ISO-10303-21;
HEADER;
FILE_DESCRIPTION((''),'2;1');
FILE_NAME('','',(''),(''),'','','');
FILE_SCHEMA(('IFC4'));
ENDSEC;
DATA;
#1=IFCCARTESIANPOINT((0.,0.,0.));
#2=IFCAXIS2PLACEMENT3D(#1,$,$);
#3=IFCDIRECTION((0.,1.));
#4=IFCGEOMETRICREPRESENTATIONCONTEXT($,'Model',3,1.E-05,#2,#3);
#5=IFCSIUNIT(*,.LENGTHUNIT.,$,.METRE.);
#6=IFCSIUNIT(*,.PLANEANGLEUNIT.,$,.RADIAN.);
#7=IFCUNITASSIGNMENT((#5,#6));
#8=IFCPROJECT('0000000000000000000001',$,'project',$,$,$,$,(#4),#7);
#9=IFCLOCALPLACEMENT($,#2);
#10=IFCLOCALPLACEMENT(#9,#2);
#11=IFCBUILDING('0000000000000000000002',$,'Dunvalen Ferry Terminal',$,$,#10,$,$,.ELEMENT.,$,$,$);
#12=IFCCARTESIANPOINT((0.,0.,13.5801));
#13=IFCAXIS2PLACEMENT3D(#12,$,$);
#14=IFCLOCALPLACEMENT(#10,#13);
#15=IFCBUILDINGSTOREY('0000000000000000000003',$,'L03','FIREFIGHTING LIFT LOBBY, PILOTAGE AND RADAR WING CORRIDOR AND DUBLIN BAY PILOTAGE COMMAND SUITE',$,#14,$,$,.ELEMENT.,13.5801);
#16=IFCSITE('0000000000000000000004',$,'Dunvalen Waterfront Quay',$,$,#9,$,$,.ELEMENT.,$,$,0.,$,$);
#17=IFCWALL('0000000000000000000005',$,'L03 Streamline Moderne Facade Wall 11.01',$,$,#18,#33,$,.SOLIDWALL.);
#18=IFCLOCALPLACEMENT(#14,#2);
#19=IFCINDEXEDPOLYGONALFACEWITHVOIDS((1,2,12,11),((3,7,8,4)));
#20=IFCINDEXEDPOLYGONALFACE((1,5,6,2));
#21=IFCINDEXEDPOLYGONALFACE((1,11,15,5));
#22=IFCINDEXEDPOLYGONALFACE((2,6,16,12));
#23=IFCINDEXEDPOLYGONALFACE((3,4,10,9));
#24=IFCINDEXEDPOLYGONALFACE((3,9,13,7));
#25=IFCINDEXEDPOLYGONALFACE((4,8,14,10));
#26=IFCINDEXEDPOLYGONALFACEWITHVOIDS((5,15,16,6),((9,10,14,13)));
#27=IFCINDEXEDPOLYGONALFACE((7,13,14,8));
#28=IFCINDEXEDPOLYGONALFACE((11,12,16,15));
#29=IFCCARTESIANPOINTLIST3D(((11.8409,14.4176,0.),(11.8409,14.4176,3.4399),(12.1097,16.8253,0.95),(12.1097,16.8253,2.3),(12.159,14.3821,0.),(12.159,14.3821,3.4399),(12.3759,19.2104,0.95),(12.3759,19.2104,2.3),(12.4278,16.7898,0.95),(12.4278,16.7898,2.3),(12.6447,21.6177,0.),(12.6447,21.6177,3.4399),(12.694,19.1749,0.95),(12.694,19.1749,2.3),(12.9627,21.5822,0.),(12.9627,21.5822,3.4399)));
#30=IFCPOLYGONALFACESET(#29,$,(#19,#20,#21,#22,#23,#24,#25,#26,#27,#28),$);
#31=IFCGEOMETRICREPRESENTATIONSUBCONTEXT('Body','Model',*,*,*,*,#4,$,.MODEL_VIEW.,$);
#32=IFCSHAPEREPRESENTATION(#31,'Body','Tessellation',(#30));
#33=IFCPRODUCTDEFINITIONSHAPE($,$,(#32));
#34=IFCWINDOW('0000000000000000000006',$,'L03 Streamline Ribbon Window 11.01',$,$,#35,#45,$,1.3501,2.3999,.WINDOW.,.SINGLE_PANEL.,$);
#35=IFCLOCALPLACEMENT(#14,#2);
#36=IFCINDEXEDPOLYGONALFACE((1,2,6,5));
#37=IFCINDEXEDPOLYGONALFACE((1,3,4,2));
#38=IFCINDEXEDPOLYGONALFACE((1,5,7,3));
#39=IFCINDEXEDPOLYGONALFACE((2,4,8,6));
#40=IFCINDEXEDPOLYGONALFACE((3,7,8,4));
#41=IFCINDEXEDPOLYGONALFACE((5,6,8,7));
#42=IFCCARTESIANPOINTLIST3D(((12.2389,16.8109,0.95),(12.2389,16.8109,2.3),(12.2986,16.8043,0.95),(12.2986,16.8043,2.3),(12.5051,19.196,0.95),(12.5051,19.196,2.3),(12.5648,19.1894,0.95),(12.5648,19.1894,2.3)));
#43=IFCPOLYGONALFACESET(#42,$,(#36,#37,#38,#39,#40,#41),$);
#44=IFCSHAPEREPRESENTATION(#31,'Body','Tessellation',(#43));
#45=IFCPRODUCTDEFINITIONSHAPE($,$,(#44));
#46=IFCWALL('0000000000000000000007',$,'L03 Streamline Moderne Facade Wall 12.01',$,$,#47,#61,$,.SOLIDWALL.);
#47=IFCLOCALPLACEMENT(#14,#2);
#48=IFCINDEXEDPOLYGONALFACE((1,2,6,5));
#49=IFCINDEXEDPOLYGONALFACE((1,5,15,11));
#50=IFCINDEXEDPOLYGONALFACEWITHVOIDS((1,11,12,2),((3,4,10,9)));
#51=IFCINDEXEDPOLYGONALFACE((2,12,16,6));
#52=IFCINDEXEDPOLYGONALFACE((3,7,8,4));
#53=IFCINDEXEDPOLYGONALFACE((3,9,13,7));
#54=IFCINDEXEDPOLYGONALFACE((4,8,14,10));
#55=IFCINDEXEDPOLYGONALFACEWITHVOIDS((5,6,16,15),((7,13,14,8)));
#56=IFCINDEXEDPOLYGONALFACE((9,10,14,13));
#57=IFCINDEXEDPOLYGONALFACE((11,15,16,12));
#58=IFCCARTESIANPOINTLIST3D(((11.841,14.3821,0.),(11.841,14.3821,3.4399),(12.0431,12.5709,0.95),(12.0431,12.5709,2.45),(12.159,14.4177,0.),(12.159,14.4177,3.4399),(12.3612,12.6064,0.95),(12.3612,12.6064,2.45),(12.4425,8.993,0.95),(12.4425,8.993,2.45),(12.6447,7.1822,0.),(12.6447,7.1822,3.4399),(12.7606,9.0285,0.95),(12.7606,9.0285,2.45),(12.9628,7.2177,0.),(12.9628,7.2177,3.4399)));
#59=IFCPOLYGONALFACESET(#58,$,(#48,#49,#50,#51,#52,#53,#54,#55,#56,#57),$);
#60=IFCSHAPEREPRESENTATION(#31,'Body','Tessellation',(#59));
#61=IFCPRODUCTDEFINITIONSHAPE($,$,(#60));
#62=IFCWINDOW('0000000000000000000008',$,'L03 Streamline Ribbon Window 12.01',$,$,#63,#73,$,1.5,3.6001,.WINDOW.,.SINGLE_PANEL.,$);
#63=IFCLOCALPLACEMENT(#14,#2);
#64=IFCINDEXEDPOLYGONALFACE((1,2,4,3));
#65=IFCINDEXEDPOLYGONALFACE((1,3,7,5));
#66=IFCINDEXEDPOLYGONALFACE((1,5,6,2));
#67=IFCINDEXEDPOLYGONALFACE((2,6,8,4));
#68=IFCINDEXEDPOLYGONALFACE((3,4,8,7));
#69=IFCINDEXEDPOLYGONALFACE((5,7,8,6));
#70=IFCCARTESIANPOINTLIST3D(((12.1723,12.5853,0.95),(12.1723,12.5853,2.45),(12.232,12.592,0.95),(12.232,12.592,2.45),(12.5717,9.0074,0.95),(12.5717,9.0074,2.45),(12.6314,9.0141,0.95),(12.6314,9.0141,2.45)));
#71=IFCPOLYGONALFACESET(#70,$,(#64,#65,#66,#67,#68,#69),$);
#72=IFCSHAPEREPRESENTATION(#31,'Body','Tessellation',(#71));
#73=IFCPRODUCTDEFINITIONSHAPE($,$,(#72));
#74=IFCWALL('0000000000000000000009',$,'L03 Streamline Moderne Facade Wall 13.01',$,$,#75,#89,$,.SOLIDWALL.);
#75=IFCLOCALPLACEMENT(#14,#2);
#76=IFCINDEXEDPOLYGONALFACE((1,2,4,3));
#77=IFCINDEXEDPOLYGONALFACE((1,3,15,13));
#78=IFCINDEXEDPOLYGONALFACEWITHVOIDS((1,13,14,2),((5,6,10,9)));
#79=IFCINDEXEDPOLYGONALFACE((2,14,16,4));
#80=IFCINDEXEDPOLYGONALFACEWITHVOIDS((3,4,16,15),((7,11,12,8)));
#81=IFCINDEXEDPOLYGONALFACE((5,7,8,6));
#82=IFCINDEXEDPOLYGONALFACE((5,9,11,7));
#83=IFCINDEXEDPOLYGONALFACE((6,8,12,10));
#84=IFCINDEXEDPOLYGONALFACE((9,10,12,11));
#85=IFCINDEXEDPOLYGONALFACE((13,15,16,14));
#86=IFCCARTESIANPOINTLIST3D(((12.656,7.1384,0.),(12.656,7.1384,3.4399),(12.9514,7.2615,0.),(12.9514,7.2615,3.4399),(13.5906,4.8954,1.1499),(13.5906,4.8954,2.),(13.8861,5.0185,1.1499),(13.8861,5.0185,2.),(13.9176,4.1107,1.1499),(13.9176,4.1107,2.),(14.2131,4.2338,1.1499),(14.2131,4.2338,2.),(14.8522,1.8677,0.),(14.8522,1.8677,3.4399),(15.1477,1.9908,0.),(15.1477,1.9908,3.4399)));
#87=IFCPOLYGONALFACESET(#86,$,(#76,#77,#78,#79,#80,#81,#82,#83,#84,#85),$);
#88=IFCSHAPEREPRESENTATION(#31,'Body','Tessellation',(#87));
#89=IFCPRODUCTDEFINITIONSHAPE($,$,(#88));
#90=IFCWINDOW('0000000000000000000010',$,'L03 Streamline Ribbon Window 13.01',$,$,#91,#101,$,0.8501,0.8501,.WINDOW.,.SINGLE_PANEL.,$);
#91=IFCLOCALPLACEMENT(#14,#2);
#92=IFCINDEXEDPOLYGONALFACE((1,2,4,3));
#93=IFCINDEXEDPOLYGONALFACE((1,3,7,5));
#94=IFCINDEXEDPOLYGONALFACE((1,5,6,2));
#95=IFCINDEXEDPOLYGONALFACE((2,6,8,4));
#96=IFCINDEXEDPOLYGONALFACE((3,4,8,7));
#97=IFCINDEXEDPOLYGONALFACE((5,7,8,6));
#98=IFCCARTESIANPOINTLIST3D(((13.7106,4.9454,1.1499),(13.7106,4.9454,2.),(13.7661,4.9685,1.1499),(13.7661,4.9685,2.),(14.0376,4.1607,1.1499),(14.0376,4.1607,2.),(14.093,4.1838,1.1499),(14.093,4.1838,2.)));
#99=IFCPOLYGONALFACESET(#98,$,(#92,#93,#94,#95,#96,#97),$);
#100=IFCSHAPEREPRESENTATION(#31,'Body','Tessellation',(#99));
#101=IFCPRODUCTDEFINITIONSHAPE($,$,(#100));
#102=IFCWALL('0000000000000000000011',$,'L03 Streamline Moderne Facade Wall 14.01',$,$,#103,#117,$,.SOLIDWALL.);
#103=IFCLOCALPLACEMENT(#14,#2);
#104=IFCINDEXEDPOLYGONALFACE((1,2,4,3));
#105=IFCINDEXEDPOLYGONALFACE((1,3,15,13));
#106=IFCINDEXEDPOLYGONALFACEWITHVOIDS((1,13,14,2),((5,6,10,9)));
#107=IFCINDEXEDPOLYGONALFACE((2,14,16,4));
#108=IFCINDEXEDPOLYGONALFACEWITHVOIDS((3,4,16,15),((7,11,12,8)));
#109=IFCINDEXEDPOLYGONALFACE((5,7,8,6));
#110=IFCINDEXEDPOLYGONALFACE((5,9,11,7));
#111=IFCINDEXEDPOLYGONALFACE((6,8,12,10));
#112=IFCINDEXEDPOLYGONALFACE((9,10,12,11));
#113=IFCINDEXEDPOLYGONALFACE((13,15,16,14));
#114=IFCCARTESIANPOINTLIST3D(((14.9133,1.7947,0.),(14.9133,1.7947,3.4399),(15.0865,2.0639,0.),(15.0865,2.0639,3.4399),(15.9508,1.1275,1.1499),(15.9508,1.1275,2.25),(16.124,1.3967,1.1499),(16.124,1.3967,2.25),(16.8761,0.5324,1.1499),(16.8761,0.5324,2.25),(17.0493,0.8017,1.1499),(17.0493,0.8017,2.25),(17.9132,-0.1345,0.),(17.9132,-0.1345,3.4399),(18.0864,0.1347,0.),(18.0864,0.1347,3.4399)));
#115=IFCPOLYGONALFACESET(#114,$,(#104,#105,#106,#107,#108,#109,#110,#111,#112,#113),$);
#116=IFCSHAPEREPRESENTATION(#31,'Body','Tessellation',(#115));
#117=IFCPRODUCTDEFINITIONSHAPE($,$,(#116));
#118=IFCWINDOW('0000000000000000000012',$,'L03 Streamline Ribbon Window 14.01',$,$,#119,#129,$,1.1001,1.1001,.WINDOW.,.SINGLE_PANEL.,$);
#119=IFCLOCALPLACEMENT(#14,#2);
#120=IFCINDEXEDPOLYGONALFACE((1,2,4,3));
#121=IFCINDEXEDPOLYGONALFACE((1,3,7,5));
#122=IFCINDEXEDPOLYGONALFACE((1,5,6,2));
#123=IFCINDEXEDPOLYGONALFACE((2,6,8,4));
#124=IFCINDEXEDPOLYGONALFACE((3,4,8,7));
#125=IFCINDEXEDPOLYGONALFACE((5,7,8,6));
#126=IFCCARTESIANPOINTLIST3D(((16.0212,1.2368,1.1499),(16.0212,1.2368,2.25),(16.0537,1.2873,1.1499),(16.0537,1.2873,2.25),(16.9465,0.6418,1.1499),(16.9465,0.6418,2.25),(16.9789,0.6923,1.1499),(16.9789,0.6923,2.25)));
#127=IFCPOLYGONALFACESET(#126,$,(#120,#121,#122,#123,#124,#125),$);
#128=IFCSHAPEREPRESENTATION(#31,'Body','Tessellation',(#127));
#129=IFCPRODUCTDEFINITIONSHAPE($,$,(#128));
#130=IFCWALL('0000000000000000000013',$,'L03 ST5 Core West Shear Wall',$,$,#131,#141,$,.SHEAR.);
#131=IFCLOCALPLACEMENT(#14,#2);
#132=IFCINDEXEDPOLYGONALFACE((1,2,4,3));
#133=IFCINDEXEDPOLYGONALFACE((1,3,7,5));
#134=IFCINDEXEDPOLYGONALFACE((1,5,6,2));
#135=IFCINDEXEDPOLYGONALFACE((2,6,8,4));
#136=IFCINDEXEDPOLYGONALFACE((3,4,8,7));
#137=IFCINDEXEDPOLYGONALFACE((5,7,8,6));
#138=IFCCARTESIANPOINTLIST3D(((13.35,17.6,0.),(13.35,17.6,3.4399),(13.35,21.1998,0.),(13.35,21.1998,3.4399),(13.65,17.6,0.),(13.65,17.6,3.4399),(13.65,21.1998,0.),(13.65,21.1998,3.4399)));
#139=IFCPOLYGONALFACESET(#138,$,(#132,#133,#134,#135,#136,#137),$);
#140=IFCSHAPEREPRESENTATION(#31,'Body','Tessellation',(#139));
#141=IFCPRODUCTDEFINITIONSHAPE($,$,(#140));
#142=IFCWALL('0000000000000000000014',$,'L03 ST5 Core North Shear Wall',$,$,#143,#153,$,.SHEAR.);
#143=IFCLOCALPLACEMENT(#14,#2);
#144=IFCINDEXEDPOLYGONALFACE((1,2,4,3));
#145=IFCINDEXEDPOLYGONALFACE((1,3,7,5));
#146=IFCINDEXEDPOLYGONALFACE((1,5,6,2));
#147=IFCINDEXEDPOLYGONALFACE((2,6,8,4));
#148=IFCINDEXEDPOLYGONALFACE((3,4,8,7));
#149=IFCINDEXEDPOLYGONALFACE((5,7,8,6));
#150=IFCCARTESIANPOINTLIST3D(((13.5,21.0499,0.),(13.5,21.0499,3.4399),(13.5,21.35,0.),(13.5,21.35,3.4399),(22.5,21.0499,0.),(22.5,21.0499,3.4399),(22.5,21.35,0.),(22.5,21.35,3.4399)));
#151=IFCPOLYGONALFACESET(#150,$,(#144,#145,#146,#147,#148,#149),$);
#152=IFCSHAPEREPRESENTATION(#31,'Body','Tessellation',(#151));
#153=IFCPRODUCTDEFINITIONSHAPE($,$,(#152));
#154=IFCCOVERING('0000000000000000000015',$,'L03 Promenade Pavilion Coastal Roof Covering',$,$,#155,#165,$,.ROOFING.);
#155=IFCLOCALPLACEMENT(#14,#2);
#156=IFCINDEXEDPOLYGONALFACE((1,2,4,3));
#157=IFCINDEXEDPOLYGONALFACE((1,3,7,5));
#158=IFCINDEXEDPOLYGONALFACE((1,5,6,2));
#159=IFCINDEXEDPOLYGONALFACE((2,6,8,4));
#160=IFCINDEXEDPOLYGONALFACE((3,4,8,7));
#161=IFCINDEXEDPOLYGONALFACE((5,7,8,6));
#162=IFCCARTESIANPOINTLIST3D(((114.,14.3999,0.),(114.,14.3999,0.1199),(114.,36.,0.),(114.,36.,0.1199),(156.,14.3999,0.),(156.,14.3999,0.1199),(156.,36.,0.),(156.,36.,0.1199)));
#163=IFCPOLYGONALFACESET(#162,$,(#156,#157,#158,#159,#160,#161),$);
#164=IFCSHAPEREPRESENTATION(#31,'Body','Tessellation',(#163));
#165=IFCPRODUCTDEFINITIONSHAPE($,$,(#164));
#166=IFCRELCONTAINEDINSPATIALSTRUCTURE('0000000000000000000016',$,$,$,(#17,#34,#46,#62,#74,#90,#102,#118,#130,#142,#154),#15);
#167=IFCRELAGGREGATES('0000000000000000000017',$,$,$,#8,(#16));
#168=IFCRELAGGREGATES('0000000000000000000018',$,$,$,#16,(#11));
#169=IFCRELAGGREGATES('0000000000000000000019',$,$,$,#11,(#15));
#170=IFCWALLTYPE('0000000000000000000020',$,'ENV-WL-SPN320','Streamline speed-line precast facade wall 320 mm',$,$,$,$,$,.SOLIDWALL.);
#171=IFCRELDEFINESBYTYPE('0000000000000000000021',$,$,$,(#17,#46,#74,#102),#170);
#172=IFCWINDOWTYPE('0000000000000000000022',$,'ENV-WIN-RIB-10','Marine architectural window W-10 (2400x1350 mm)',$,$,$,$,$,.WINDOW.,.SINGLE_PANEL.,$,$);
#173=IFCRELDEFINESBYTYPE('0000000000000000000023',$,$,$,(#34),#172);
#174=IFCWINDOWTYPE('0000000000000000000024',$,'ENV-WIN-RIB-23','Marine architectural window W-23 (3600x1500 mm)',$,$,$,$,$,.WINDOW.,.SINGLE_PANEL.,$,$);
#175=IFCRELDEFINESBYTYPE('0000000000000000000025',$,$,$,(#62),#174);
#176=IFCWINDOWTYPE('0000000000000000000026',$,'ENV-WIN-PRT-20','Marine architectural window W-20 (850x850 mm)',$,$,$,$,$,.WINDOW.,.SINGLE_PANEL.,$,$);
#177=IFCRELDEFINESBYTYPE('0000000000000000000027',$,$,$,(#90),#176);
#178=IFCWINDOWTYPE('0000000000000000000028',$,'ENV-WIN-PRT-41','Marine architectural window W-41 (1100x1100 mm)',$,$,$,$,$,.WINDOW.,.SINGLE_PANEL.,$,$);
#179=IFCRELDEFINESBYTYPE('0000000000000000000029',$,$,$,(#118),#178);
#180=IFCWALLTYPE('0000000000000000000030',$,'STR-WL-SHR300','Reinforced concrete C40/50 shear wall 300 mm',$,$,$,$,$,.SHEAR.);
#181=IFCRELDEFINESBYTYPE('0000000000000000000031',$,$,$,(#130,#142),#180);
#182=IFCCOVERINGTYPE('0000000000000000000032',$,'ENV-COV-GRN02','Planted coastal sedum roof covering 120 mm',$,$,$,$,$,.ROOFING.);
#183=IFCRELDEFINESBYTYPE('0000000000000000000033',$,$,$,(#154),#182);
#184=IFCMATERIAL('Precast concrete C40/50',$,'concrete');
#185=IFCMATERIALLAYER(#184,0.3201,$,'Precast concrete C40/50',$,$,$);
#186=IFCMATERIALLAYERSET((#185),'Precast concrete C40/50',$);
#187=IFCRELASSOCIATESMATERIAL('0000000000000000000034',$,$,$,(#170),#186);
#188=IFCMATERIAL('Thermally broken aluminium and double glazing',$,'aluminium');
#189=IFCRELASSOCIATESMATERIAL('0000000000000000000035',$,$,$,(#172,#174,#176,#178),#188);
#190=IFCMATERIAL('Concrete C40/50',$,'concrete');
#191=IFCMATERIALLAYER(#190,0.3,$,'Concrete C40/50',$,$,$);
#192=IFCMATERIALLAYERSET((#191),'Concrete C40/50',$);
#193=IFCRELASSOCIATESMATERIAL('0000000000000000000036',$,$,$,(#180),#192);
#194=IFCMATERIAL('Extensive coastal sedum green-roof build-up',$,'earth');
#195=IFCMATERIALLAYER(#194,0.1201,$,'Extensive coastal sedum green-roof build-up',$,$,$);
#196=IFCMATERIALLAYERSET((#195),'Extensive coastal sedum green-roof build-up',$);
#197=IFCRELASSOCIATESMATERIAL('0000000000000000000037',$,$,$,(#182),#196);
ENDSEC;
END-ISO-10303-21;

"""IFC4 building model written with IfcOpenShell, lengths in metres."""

from ifc_helpers import new_model, si_unit, direction, frame, frame_2d, origin, place, context, subcontext, project, spatial, polyline, rectangle, outline, extrude, material, layer, layer_set, type_object, element, fill, save


model = new_model("IFC4")

# Units and contexts
model_context = context("Model", 3, precision=1e-05, world=origin(), true_north=direction((0.0, 1.0)))
body_context = subcontext(model_context, "Body", "Model", "MODEL_VIEW")
ifc_project = project(units=[si_unit("LENGTHUNIT", "METRE"), si_unit("PLANEANGLEUNIT", "RADIAN")], contexts=[model_context])

# Site, building, storey
site_placement = place(None, origin())
site = spatial("IfcSite", under=ifc_project, at=site_placement, Name="Dunvalen Waterfront Quay", CompositionType="ELEMENT", RefElevation=0.0)
building_placement = place(site_placement, origin())
building = spatial("IfcBuilding", under=site, at=building_placement, Name="Dunvalen Ferry Terminal", CompositionType="ELEMENT")
storey_placement = place(building_placement, frame((0.0, 0.0, 13.5801)))
storey = spatial("IfcBuildingStorey", under=building, at=storey_placement, Name="L03", Description="FIREFIGHTING LIFT LOBBY, PILOTAGE AND RADAR WING CORRIDOR AND DUBLIN BAY PILOTAGE COMMAND SUITE", CompositionType="ELEMENT", Elevation=13.5801)

# Shared definitions
ifc_material_1 = material(Name="Concrete C40/50", Category="concrete")

# Shared definitions
ifc_material_2 = material(Name="Thermally broken aluminium and double glazing", Category="aluminium")

# Walls, openings, windows
ifc_material_3 = material(Name="Precast concrete C40/50", Category="concrete")
ifc_layer_1 = layer(ifc_material_3, 0.3201, Name="Precast concrete C40/50")
ifc_layer_set_1 = layer_set([ifc_layer_1], Name="Precast concrete C40/50")
wall_type_1 = type_object("IfcWallType", Name="ENV-WL-SPN320", Description="Streamline speed-line precast facade wall 320 mm", PredefinedType="SOLIDWALL", material=ifc_layer_set_1)
wall_1_placement = place(storey_placement, frame((12.8037, 21.6001, 0.0), z_axis=(0.0, 0.0, 1.0), x_axis=(-0.110935, -0.993828, 0.0)))
wall_1 = element("IfcWall", 1, at=wall_1_placement, inside=storey, type_object=wall_type_1, Name="L03 Streamline Moderne Facade Wall 11.01", PredefinedType="SOLIDWALL", context=body_context, shape_type="SweptSolid", body=[
    extrude(rectangle(XDim=7.2449, YDim=0.3201, at=frame_2d((3.6226, 0.0))), origin(), (0.0, 0.0, 1.0), 3.4399),
])
opening_1_placement = place(wall_1_placement, frame((2.4224, 0.0, 0.95)))
opening_1 = element("IfcOpeningElement", 2, at=opening_1_placement, cuts=wall_1, PredefinedType="OPENING", context=body_context, shape_type="SweptSolid", body=[
    extrude(rectangle(XDim=2.3999, YDim=1.3501, at=frame_2d((1.2, 0.675))), frame((0.0, 0.1699, 0.0), z_axis=(0.0, -1.0, 0.0), x_axis=(1.0, 0.0, 0.0)), (0.0, 0.0, 1.0), 0.3401),
])
window_type_1 = type_object("IfcWindowType", Name="ENV-WIN-RIB-10", Description="Marine architectural window W-10 (2400x1350 mm)", PartitioningType="SINGLE_PANEL", PredefinedType="WINDOW", material=ifc_material_2)
window_1_placement = place(opening_1_placement, origin())
window_1 = element("IfcWindow", 3, at=window_1_placement, inside=storey, type_object=window_type_1, Name="L03 Streamline Ribbon Window 11.01", OverallHeight=1.3501, OverallWidth=2.3999, PartitioningType="SINGLE_PANEL", PredefinedType="WINDOW", context=body_context, shape_type="SweptSolid", body=[
    extrude(rectangle(XDim=2.3999, YDim=1.3501, at=frame_2d((1.2, 0.675))), frame((0.0, 0.03, 0.0), z_axis=(0.0, -1.0, 0.0), x_axis=(1.0, 0.0, 0.0)), (0.0, 0.0, 1.0), 0.0601),
])
fill(opening_1, window_1)
wall_2_placement = place(storey_placement, frame((12.0, 14.3999, 0.0), z_axis=(0.0, 0.0, 1.0), x_axis=(0.110938, -0.993827, 0.0)))
wall_2 = element("IfcWall", 4, at=wall_2_placement, inside=storey, type_object=wall_type_1, Name="L03 Streamline Moderne Facade Wall 12.01", PredefinedType="SOLIDWALL", context=body_context, shape_type="SweptSolid", body=[
    extrude(rectangle(XDim=7.2446, YDim=0.3201, at=frame_2d((3.6223, 0.0))), origin(), (0.0, 0.0, 1.0), 3.4399),
])
opening_2_placement = place(wall_2_placement, frame((1.8225, 0.0, 0.95)))
opening_2 = element("IfcOpeningElement", 5, at=opening_2_placement, cuts=wall_2, PredefinedType="OPENING", context=body_context, shape_type="SweptSolid", body=[
    extrude(rectangle(XDim=3.6001, YDim=1.5, at=frame_2d((1.8, 0.75))), frame((0.0, 0.1699, 0.0), z_axis=(0.0, -1.0, 0.0), x_axis=(1.0, 0.0, 0.0)), (0.0, 0.0, 1.0), 0.3401),
])
window_type_2 = type_object("IfcWindowType", Name="ENV-WIN-RIB-23", Description="Marine architectural window W-23 (3600x1500 mm)", PartitioningType="SINGLE_PANEL", PredefinedType="WINDOW", material=ifc_material_2)
window_2_placement = place(opening_2_placement, origin())
window_2 = element("IfcWindow", 6, at=window_2_placement, inside=storey, type_object=window_type_2, Name="L03 Streamline Ribbon Window 12.01", OverallHeight=1.5, OverallWidth=3.6001, PartitioningType="SINGLE_PANEL", PredefinedType="WINDOW", context=body_context, shape_type="SweptSolid", body=[
    extrude(rectangle(XDim=3.6001, YDim=1.5, at=frame_2d((1.8, 0.75))), frame((0.0, 0.03, 0.0), z_axis=(0.0, -1.0, 0.0), x_axis=(1.0, 0.0, 0.0)), (0.0, 0.0, 1.0), 0.0601),
])
fill(opening_2, window_2)
wall_3_placement = place(storey_placement, frame((12.8037, 7.2, 0.0), z_axis=(0.0, 0.0, 1.0), x_axis=(0.384637, -0.923068, 0.0)))
wall_3 = element("IfcWall", 7, at=wall_3_placement, inside=storey, type_object=wall_type_1, Name="L03 Streamline Moderne Facade Wall 13.01", PredefinedType="SOLIDWALL", context=body_context, shape_type="SweptSolid", body=[
    extrude(rectangle(XDim=5.71, YDim=0.3201, at=frame_2d((2.855, 0.0))), origin(), (0.0, 0.0, 1.0), 3.4399),
])
opening_3_placement = place(wall_3_placement, frame((2.4299, 0.0, 1.1499)))
opening_3 = element("IfcOpeningElement", 8, at=opening_3_placement, cuts=wall_3, PredefinedType="OPENING", context=body_context, shape_type="SweptSolid", body=[
    extrude(rectangle(XDim=0.8501, YDim=0.8501, at=frame_2d((0.425, 0.425))), frame((0.0, 0.1699, 0.0), z_axis=(0.0, -1.0, 0.0), x_axis=(1.0, 0.0, 0.0)), (0.0, 0.0, 1.0), 0.3401),
])
window_type_3 = type_object("IfcWindowType", Name="ENV-WIN-PRT-20", Description="Marine architectural window W-20 (850x850 mm)", PartitioningType="SINGLE_PANEL", PredefinedType="WINDOW", material=ifc_material_2)
window_3_placement = place(opening_3_placement, origin())
window_3 = element("IfcWindow", 9, at=window_3_placement, inside=storey, type_object=window_type_3, Name="L03 Streamline Ribbon Window 13.01", OverallHeight=0.8501, OverallWidth=0.8501, PartitioningType="SINGLE_PANEL", PredefinedType="WINDOW", context=body_context, shape_type="SweptSolid", body=[
    extrude(rectangle(XDim=0.8501, YDim=0.8501, at=frame_2d((0.425, 0.425))), frame((0.0, 0.03, 0.0), z_axis=(0.0, -1.0, 0.0), x_axis=(1.0, 0.0, 0.0)), (0.0, 0.0, 1.0), 0.0601),
])
fill(opening_3, window_3)
wall_4_placement = place(storey_placement, frame((15.0, 1.9292, 0.0), z_axis=(0.0, 0.0, 1.0), x_axis=(0.841098, -0.540882, 0.0)))
wall_4 = element("IfcWall", 10, at=wall_4_placement, inside=storey, type_object=wall_type_1, Name="L03 Streamline Moderne Facade Wall 14.01", PredefinedType="SOLIDWALL", context=body_context, shape_type="SweptSolid", body=[
    extrude(rectangle(XDim=3.5667, YDim=0.3201, at=frame_2d((1.7832, 0.0))), origin(), (0.0, 0.0, 1.0), 3.4399),
])
opening_4_placement = place(wall_4_placement, frame((1.2334, 0.0, 1.1499)))
opening_4 = element("IfcOpeningElement", 11, at=opening_4_placement, cuts=wall_4, PredefinedType="OPENING", context=body_context, shape_type="SweptSolid", body=[
    extrude(rectangle(XDim=1.1001, YDim=1.1001, at=frame_2d((0.55, 0.55))), frame((0.0, 0.1699, 0.0), z_axis=(0.0, -1.0, 0.0), x_axis=(1.0, 0.0, 0.0)), (0.0, 0.0, 1.0), 0.3401),
])
window_type_4 = type_object("IfcWindowType", Name="ENV-WIN-PRT-41", Description="Marine architectural window W-41 (1100x1100 mm)", PartitioningType="SINGLE_PANEL", PredefinedType="WINDOW", material=ifc_material_2)
window_4_placement = place(opening_4_placement, origin())
window_4 = element("IfcWindow", 12, at=window_4_placement, inside=storey, type_object=window_type_4, Name="L03 Streamline Ribbon Window 14.01", OverallHeight=1.1001, OverallWidth=1.1001, PartitioningType="SINGLE_PANEL", PredefinedType="WINDOW", context=body_context, shape_type="SweptSolid", body=[
    extrude(rectangle(XDim=1.1001, YDim=1.1001, at=frame_2d((0.55, 0.55))), frame((0.0, 0.03, 0.0), z_axis=(0.0, -1.0, 0.0), x_axis=(1.0, 0.0, 0.0)), (0.0, 0.0, 1.0), 0.0601),
])
fill(opening_4, window_4)

# Walls
ifc_layer_2 = layer(ifc_material_1, 0.3, Name="Concrete C40/50")
ifc_layer_set_2 = layer_set([ifc_layer_2], Name="Concrete C40/50")
wall_type_2 = type_object("IfcWallType", Name="STR-WL-SHR300", Description="Reinforced concrete C40/50 shear wall 300 mm", PredefinedType="SHEAR", material=ifc_layer_set_2)
wall_5_placement = place(storey_placement, frame((13.5, 17.6001, 0.0), z_axis=(0.0, 0.0, 1.0), x_axis=(0.0, 1.0, 0.0)))
element("IfcWall", 13, at=wall_5_placement, inside=storey, type_object=wall_type_2, Name="L03 ST5 Core West Shear Wall", PredefinedType="SHEAR", context=body_context, shape_type="SweptSolid", body=[
    extrude(rectangle(XDim=3.5999, YDim=0.3, at=frame_2d((1.7998, 0.0))), origin(), (0.0, 0.0, 1.0), 3.4399),
])
wall_6_placement = place(storey_placement, frame((13.5, 21.2, 0.0), z_axis=(0.0, 0.0, 1.0), x_axis=(1.0, 0.0, 0.0)))
element("IfcWall", 14, at=wall_6_placement, inside=storey, type_object=wall_type_2, Name="L03 ST5 Core North Shear Wall", PredefinedType="SHEAR", context=body_context, shape_type="SweptSolid", body=[
    extrude(rectangle(XDim=9.0, YDim=0.3, at=frame_2d((4.5, 0.0))), origin(), (0.0, 0.0, 1.0), 3.4399),
])

# Covering
ifc_material_4 = material(Name="Extensive coastal sedum green-roof build-up", Category="earth")
ifc_layer_3 = layer(ifc_material_4, 0.1201, Name="Extensive coastal sedum green-roof build-up")
ifc_layer_set_3 = layer_set([ifc_layer_3], Name="Extensive coastal sedum green-roof build-up")
covering_type_1 = type_object("IfcCoveringType", Name="ENV-COV-GRN02", Description="Planted coastal sedum roof covering 120 mm", PredefinedType="ROOFING", material=ifc_layer_set_3)
covering_1_placement = place(storey_placement, origin())
element("IfcCovering", 15, at=covering_1_placement, inside=storey, type_object=covering_type_1, Name="L03 Promenade Pavilion Coastal Roof Covering", PredefinedType="ROOFING", context=body_context, shape_type="SweptSolid", body=[
    extrude(outline(polyline([(114.0, 14.3999), (156.0, 14.3999), (156.0, 36.0), (114.0, 36.0), (114.0, 14.3999)])), origin(), (0.0, 0.0, 1.0), 0.1199),
])

save(model, "model.ifc")
